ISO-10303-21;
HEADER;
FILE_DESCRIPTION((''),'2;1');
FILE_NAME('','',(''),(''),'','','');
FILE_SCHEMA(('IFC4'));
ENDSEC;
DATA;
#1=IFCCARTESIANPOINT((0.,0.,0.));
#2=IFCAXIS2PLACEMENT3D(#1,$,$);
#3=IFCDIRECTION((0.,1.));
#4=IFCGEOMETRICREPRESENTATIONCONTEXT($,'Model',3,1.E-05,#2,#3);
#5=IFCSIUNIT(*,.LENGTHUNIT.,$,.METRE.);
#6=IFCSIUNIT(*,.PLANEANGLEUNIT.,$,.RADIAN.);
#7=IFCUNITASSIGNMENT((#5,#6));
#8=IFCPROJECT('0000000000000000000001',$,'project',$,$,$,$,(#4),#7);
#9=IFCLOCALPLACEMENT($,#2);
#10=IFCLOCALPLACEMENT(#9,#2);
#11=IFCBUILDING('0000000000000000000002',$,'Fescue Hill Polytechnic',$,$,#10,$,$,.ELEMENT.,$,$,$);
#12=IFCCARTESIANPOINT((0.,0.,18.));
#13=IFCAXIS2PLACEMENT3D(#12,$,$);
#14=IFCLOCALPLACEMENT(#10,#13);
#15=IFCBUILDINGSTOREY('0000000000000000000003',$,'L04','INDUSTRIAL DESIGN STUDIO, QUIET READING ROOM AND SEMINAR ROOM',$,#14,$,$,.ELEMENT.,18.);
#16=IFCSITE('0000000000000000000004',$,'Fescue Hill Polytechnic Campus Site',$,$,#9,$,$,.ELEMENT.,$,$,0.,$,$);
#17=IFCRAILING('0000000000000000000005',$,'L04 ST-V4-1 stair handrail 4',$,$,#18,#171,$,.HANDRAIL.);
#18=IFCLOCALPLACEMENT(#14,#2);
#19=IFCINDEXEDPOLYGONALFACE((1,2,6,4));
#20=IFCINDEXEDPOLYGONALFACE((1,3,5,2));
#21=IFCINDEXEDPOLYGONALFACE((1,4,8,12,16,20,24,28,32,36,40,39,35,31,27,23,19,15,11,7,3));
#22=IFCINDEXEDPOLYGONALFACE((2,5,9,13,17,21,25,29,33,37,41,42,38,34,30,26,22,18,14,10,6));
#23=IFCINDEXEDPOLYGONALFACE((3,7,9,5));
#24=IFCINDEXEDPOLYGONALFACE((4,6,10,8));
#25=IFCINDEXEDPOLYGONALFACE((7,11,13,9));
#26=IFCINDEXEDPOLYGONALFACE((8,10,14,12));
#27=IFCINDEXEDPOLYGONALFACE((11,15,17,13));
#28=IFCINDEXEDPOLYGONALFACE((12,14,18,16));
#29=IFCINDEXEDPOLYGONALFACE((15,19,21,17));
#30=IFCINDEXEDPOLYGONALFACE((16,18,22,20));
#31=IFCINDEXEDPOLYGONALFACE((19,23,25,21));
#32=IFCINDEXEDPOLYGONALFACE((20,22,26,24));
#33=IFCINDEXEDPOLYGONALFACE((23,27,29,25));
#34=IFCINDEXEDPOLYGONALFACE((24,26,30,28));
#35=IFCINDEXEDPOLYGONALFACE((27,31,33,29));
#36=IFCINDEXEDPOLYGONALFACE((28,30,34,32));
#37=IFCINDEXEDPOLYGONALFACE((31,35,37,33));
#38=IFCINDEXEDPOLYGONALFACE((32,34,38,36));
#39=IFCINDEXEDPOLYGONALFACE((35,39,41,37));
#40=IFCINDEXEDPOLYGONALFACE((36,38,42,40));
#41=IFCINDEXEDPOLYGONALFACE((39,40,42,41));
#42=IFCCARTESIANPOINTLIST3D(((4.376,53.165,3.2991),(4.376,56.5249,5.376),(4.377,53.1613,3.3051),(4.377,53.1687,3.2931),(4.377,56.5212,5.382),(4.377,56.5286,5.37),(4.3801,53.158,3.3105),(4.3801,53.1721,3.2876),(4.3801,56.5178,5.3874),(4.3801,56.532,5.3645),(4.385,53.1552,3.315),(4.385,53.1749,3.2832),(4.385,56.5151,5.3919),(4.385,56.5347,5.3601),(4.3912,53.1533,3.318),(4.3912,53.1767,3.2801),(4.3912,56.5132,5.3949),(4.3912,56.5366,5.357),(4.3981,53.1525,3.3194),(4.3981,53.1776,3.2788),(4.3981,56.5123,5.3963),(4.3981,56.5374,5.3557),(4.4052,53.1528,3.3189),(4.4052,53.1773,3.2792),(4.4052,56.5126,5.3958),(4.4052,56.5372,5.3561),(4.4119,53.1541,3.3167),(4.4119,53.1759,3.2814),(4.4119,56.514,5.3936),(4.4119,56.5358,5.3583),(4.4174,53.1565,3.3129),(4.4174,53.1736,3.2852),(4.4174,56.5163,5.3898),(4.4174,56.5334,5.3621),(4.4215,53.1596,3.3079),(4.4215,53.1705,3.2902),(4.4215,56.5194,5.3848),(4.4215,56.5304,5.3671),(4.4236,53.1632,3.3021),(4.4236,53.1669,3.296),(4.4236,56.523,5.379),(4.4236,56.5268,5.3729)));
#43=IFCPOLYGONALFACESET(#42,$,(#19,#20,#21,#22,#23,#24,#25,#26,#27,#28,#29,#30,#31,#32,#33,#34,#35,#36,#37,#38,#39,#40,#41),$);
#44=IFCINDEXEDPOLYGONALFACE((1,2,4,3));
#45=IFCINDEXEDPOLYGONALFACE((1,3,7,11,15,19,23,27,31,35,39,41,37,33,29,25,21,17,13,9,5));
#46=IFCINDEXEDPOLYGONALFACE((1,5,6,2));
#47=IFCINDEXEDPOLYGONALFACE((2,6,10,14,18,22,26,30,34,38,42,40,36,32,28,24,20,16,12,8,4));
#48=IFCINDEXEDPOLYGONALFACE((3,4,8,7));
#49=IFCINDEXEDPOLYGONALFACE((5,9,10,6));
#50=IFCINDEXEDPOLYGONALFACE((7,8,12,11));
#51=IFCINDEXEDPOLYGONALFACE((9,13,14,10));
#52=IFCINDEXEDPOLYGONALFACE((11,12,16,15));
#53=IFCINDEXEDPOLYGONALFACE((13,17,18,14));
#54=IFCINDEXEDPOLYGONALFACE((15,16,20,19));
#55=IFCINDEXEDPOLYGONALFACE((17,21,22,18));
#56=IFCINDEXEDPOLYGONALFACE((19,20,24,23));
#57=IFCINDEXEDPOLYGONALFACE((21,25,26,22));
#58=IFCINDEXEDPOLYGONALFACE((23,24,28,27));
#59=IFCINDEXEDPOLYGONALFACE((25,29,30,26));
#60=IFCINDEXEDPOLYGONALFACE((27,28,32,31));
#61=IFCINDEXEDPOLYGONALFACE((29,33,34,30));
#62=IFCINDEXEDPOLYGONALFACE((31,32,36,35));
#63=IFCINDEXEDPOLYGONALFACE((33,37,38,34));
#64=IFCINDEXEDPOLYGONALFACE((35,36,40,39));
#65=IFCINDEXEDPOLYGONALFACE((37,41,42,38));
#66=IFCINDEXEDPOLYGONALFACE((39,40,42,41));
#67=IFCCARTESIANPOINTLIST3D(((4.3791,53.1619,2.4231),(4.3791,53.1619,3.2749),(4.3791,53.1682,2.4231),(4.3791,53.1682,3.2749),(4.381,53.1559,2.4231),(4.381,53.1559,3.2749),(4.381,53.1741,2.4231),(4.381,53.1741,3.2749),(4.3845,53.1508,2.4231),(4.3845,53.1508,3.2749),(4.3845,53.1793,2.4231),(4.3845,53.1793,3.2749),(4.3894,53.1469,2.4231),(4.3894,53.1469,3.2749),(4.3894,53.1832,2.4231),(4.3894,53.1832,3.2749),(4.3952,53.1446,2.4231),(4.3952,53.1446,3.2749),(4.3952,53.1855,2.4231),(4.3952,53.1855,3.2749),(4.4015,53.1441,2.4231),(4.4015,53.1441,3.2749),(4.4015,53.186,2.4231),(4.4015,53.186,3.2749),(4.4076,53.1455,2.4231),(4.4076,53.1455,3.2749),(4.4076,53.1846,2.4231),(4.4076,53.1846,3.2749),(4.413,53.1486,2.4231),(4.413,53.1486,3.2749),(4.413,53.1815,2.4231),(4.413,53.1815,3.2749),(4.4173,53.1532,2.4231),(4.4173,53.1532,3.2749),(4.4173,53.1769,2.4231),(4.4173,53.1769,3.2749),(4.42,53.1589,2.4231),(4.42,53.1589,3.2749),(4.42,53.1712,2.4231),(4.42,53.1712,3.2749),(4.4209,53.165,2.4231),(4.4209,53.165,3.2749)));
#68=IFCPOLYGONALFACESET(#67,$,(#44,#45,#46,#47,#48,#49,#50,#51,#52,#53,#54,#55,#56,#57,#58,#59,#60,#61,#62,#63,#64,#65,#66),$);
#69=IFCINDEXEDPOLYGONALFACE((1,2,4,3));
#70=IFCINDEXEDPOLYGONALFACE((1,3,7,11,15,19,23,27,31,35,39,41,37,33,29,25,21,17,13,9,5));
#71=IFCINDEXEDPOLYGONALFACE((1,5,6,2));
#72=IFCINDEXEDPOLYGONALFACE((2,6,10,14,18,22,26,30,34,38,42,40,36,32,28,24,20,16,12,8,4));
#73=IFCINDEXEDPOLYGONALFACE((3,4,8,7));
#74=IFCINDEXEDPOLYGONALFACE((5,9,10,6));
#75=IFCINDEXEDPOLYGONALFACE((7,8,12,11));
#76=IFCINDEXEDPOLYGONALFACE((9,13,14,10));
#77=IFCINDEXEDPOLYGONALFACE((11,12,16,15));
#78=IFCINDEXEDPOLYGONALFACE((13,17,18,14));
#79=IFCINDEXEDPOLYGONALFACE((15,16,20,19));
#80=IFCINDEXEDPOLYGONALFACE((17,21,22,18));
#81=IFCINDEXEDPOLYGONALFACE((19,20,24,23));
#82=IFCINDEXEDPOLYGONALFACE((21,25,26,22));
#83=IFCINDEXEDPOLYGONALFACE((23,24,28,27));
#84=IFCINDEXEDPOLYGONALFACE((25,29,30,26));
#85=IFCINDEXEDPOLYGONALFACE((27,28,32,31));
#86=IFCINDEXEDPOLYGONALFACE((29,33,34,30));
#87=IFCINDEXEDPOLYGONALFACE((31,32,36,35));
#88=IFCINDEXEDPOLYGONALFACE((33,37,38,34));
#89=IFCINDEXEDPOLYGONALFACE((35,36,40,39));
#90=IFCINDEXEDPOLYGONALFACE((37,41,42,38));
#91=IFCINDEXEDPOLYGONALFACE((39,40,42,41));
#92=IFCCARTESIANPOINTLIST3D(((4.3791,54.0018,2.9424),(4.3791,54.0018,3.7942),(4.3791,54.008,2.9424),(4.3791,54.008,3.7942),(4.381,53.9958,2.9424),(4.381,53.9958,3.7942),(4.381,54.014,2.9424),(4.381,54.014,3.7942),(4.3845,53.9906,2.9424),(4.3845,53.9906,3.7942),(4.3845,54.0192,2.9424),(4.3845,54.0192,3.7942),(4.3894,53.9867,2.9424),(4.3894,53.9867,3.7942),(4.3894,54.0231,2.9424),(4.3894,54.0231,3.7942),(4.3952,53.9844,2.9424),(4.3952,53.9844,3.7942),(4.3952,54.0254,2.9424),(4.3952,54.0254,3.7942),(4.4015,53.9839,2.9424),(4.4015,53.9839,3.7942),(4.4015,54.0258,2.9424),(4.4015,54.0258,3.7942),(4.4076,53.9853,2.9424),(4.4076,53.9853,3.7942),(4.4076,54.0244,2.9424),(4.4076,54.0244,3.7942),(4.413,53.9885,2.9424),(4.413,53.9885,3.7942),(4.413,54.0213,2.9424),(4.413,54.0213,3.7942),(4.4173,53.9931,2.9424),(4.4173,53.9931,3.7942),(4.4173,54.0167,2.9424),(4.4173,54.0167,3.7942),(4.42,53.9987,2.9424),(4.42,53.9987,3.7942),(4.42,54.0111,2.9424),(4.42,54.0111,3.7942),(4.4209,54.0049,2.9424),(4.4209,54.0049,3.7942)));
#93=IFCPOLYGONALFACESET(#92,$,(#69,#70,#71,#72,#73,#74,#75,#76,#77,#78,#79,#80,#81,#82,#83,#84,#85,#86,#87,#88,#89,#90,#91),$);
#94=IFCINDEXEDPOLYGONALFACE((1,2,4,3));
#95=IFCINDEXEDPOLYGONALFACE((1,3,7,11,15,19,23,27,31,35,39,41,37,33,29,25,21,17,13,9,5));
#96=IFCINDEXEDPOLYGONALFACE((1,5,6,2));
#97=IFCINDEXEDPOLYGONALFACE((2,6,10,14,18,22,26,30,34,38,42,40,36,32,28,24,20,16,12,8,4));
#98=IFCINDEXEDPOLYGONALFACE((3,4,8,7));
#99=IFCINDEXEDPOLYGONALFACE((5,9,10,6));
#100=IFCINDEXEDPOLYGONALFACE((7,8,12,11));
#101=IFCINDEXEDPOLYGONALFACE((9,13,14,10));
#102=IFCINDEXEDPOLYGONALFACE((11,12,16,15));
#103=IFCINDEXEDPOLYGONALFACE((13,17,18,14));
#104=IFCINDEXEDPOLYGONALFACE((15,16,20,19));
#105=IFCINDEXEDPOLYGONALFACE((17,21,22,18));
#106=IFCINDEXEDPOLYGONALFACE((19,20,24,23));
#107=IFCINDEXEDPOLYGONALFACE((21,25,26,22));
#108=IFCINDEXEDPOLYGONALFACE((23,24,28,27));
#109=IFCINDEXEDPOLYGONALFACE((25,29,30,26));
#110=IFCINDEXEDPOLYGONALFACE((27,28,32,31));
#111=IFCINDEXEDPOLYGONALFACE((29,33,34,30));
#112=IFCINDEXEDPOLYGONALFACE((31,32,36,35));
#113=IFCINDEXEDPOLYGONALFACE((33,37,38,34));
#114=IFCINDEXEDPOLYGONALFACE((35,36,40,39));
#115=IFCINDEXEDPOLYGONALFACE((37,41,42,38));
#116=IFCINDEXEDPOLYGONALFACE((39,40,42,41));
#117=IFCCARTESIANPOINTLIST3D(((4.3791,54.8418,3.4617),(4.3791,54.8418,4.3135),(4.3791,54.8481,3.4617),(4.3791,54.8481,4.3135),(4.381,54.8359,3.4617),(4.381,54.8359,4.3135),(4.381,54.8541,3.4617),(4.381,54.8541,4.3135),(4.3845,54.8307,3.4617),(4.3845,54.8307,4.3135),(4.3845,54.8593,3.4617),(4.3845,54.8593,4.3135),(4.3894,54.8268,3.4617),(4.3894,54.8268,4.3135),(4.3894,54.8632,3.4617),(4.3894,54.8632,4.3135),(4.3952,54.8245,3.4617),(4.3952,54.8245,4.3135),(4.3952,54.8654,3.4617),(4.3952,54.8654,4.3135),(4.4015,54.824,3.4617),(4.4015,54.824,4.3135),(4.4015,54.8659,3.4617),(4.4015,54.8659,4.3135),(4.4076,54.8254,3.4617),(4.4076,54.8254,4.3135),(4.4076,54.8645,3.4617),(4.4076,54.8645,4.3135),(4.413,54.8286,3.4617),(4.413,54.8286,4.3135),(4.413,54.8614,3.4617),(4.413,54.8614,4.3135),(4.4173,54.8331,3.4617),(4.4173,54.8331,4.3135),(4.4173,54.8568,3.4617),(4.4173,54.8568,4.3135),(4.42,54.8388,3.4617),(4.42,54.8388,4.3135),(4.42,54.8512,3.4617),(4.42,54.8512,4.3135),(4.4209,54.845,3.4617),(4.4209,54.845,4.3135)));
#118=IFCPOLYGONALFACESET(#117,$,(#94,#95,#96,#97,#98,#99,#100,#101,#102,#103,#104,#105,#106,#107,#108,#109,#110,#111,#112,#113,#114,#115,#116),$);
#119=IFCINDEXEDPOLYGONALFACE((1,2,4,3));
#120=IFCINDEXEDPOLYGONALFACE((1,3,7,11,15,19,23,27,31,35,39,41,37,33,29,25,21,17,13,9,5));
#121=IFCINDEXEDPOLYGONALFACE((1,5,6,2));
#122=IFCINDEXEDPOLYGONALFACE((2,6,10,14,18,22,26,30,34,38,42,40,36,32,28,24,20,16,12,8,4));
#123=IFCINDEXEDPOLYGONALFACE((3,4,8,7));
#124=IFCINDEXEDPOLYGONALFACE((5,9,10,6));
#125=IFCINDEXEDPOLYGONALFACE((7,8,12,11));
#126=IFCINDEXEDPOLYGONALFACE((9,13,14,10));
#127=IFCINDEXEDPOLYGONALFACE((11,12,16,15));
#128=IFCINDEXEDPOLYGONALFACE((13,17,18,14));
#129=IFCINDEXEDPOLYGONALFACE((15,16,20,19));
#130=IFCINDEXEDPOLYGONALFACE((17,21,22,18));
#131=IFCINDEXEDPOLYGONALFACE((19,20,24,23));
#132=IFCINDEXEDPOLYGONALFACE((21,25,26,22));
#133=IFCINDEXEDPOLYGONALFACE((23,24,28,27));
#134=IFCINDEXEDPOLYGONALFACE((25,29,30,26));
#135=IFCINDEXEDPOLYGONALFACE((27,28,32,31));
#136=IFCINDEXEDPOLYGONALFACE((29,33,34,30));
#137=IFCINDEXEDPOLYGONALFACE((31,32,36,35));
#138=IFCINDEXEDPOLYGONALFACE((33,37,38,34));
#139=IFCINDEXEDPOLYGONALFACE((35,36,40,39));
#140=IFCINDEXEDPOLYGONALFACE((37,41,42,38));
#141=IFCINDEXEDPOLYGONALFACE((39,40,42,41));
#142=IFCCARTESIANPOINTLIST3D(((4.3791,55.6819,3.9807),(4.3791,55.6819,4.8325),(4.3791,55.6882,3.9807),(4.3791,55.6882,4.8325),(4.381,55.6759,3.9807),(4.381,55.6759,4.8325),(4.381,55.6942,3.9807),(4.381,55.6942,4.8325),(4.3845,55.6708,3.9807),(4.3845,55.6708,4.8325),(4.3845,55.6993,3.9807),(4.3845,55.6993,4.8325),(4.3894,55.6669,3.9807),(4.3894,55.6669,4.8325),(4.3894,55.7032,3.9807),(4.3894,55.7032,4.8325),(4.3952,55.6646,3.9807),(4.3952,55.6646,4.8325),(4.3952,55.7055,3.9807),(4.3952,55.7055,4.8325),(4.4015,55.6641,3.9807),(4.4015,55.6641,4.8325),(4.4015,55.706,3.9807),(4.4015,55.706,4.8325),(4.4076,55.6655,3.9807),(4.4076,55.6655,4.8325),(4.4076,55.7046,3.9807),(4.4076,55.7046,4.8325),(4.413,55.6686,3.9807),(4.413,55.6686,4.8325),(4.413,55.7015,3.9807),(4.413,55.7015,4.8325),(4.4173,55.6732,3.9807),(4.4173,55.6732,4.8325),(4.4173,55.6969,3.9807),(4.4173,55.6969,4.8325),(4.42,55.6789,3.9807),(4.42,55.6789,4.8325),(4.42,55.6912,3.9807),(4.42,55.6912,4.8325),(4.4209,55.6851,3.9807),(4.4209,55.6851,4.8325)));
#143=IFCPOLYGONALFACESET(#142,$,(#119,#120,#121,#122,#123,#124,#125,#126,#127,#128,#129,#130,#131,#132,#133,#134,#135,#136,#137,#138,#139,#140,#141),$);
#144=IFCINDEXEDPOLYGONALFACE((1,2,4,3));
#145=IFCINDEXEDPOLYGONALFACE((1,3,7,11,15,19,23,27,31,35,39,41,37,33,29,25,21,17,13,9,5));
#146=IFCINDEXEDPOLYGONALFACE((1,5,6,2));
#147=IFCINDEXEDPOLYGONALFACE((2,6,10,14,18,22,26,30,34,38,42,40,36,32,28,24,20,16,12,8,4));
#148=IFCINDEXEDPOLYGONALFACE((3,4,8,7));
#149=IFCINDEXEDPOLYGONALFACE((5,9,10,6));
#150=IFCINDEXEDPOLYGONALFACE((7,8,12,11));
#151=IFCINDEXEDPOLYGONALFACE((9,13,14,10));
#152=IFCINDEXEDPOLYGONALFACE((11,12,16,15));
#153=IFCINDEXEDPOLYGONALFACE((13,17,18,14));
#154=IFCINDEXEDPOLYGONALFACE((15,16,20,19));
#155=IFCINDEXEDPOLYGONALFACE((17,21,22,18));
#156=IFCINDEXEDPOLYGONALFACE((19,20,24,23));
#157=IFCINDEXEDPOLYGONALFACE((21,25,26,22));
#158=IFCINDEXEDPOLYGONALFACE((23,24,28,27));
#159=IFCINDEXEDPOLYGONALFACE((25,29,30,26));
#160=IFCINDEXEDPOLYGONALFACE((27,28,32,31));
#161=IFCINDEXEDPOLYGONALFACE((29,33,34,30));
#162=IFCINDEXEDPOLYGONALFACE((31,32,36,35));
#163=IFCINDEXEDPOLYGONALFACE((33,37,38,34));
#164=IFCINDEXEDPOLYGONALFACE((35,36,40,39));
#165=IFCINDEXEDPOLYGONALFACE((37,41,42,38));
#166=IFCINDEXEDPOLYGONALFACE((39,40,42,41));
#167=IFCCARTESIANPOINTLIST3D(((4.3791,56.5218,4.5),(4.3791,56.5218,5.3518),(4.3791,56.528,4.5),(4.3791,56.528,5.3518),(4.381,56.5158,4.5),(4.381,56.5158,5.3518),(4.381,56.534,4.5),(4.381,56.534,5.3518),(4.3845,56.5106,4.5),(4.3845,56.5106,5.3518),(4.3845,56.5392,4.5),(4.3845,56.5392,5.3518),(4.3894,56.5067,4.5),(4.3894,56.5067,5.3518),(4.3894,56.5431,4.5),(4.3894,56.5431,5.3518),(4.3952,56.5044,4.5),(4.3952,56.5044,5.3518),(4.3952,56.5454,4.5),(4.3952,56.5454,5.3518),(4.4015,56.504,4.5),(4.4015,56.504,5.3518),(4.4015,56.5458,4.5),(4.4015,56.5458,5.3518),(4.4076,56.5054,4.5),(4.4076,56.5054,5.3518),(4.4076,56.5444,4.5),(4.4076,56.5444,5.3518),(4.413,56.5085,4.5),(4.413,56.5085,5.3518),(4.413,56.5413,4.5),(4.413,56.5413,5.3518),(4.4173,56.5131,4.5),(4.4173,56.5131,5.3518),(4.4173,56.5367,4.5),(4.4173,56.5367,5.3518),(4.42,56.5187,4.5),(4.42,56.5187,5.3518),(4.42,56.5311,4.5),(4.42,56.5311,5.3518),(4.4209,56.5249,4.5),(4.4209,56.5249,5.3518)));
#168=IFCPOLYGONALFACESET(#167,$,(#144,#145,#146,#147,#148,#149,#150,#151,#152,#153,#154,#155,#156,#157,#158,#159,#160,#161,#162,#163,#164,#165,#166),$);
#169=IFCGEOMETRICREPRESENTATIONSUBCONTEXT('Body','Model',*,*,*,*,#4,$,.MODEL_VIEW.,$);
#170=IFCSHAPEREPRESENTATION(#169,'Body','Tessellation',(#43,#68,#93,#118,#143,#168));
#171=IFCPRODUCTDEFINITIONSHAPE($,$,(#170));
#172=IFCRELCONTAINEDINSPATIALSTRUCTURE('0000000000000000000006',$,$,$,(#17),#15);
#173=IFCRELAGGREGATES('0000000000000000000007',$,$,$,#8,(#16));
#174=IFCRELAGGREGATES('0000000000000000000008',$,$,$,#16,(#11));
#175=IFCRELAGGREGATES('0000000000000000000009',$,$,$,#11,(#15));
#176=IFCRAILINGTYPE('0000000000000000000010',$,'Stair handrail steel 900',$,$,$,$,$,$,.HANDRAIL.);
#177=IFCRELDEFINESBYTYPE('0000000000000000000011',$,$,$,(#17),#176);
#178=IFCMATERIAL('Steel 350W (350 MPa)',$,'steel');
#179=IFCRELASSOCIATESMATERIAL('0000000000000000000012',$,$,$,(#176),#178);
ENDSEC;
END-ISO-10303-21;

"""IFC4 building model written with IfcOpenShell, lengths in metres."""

from ifc_helpers import new_model, si_unit, direction, frame, origin, origin_2d, place, context, subcontext, project, spatial, circle, extrude, material, type_object, element, save


model = new_model("IFC4")

# Units and contexts
model_context = context("Model", 3, precision=1e-05, world=origin(), true_north=direction((0.0, 1.0)))
body_context = subcontext(model_context, "Body", "Model", "MODEL_VIEW")
ifc_project = project(units=[si_unit("LENGTHUNIT", "METRE"), si_unit("PLANEANGLEUNIT", "RADIAN")], contexts=[model_context])

# Site, building, storey
site_placement = place(None, origin())
site = spatial("IfcSite", under=ifc_project, at=site_placement, Name="Fescue Hill Polytechnic Campus Site", CompositionType="ELEMENT", RefElevation=0.0)
building_placement = place(site_placement, origin())
building = spatial("IfcBuilding", under=site, at=building_placement, Name="Fescue Hill Polytechnic", CompositionType="ELEMENT")
storey_placement = place(building_placement, frame((0.0, 0.0, 18.0)))
storey = spatial("IfcBuildingStorey", under=building, at=storey_placement, Name="L04", Description="INDUSTRIAL DESIGN STUDIO, QUIET READING ROOM AND SEMINAR ROOM", CompositionType="ELEMENT", Elevation=18.0)

# Railing
ifc_material_1 = material(Name="Steel 350W (350 MPa)", Category="steel")
railing_type_1 = type_object("IfcRailingType", Name="Stair handrail steel 900", PredefinedType="HANDRAIL", material=ifc_material_1)
railing_1_placement = place(storey_placement, frame((4.3999, 53.165, 2.4231)))
element("IfcRailing", 1, at=railing_1_placement, inside=storey, type_object=railing_type_1, Name="L04 ST-V4-1 stair handrail 4", PredefinedType="HANDRAIL", context=body_context, shape_type="SweptSolid", body=[
    extrude(circle(Radius=0.0239, at=origin_2d()), frame((0.0, 0.0, 0.876), z_axis=(0.0, 0.850606, 0.525803), x_axis=(-1.0, 0.0, 0.0)), (0.0, 0.0, 1.0), 3.95),
    extrude(circle(Radius=0.021, at=origin_2d()), origin(), (0.0, 0.0, 1.0), 0.8518),
    extrude(circle(Radius=0.021, at=origin_2d()), frame((0.0, 0.8398, 0.5193)), (0.0, 0.0, 1.0), 0.8518),
    extrude(circle(Radius=0.021, at=origin_2d()), frame((0.0, 1.6799, 1.0386)), (0.0, 0.0, 1.0), 0.8518),
    extrude(circle(Radius=0.021, at=origin_2d()), frame((0.0, 2.52, 1.5576)), (0.0, 0.0, 1.0), 0.8518),
    extrude(circle(Radius=0.021, at=origin_2d()), frame((0.0, 3.3599, 2.0769)), (0.0, 0.0, 1.0), 0.8518),
])

save(model, "model.ifc")
